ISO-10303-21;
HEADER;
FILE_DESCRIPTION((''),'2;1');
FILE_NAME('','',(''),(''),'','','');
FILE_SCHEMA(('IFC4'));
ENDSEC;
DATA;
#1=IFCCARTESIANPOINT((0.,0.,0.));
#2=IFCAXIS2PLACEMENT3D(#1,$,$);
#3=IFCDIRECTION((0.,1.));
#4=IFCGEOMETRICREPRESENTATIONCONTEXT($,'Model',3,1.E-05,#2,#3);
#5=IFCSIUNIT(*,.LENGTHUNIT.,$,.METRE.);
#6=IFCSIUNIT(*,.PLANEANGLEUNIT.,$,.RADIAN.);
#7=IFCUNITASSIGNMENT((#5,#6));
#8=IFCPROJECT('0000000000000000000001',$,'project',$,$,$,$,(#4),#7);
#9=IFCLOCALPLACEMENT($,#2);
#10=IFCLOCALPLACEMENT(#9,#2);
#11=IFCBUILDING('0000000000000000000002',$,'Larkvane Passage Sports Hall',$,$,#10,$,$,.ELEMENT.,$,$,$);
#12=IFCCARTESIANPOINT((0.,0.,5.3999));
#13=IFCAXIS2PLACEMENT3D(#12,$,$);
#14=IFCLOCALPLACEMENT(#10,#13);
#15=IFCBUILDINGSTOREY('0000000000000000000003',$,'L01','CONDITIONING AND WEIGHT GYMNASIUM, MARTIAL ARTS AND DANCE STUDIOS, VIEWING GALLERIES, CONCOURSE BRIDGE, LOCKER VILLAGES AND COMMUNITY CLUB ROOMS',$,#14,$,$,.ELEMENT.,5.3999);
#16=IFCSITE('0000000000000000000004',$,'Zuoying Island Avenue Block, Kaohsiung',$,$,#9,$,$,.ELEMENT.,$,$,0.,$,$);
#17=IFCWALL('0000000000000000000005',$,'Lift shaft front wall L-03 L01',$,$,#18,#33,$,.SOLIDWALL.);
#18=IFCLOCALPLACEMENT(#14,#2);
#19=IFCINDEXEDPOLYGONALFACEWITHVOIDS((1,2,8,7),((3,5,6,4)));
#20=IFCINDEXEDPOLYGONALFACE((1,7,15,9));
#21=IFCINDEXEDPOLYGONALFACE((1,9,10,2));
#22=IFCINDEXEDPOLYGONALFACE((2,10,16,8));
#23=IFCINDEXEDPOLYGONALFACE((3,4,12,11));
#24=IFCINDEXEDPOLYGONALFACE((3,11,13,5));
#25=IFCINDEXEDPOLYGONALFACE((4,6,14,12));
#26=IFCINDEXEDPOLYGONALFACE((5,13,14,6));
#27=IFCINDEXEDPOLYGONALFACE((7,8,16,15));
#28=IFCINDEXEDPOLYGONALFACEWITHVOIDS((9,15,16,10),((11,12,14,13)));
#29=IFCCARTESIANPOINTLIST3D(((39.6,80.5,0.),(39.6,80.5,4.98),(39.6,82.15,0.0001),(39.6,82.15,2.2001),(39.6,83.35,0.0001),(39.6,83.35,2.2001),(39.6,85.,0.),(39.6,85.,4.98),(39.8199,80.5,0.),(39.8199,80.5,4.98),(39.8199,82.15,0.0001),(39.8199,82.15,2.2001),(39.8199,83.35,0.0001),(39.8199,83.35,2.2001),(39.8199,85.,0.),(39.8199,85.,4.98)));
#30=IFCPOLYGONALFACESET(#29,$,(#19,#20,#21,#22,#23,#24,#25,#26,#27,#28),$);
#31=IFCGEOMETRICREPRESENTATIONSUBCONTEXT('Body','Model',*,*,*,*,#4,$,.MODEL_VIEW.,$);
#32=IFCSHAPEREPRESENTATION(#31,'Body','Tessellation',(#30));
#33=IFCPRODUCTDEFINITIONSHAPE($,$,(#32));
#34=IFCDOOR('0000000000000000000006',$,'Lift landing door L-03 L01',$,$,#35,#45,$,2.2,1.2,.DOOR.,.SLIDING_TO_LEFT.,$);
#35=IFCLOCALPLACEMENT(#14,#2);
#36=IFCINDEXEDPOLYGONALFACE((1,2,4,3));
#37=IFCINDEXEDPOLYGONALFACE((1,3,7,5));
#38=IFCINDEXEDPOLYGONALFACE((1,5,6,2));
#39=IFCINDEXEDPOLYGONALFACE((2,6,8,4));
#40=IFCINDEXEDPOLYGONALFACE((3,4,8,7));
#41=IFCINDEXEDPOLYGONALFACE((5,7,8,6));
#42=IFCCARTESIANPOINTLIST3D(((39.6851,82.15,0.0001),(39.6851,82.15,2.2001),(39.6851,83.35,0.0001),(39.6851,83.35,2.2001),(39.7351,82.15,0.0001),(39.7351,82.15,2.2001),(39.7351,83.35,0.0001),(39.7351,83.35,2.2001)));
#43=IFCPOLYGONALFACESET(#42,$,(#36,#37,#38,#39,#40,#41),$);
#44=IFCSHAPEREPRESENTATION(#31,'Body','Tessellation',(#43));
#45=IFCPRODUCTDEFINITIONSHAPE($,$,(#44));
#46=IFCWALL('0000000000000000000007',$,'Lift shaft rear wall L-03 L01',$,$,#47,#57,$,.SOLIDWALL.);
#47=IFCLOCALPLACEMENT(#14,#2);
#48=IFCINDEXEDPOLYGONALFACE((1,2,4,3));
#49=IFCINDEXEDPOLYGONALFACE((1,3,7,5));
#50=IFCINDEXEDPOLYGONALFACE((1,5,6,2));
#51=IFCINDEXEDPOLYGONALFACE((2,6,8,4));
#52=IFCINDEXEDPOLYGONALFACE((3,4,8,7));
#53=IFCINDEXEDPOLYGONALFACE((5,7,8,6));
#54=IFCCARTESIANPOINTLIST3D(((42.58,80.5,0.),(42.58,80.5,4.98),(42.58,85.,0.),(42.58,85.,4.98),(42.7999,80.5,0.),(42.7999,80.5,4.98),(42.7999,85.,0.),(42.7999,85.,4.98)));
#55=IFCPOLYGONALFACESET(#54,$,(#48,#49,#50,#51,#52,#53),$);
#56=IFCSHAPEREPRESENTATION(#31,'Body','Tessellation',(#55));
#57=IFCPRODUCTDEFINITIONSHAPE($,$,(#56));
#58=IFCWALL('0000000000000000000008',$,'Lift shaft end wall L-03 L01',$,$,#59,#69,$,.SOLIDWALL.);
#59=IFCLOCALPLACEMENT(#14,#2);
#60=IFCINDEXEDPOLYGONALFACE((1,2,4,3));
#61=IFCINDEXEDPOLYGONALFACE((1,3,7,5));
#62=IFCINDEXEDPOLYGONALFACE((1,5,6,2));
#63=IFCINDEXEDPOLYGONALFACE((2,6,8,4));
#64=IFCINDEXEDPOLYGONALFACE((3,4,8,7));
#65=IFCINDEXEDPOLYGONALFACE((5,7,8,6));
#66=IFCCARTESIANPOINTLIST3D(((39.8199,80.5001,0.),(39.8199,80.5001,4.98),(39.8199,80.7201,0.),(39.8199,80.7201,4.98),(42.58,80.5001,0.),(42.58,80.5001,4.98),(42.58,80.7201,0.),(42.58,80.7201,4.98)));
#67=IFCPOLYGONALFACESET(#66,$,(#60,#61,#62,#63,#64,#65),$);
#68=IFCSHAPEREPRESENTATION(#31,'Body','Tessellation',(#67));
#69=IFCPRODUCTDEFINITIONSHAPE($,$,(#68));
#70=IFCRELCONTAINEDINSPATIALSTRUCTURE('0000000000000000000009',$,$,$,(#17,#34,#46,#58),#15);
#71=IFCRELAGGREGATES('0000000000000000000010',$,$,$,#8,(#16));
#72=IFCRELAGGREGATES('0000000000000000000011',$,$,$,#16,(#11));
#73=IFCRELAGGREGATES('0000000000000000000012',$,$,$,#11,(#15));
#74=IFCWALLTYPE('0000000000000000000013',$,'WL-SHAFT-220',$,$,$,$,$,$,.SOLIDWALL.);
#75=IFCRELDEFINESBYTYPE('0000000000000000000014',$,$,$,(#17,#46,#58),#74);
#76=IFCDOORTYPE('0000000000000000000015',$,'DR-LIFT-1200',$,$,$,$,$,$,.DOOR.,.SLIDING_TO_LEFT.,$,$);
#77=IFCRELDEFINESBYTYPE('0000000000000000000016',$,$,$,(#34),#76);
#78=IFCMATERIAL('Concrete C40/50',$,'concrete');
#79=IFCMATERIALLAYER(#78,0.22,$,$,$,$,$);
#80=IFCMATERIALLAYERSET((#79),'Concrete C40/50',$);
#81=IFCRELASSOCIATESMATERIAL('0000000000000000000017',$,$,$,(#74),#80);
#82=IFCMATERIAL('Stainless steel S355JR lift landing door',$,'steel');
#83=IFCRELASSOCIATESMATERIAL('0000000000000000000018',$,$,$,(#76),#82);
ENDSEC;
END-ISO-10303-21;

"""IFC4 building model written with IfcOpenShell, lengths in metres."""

from ifc_helpers import new_model, si_unit, direction, frame, frame_2d, origin, place, context, subcontext, project, spatial, rectangle, extrude, material, layer, layer_set, type_object, element, fill, save


model = new_model("IFC4")

# Units and contexts
model_context = context("Model", 3, precision=1e-05, world=origin(), true_north=direction((0.0, 1.0)))
body_context = subcontext(model_context, "Body", "Model", "MODEL_VIEW")
ifc_project = project(units=[si_unit("LENGTHUNIT", "METRE"), si_unit("PLANEANGLEUNIT", "RADIAN")], contexts=[model_context])

# Site, building, storey
site_placement = place(None, origin())
site = spatial("IfcSite", under=ifc_project, at=site_placement, Name="Zuoying Island Avenue Block, Kaohsiung", CompositionType="ELEMENT", RefElevation=0.0)
building_placement = place(site_placement, origin())
building = spatial("IfcBuilding", under=site, at=building_placement, Name="Larkvane Passage Sports Hall", CompositionType="ELEMENT")
storey_placement = place(building_placement, frame((0.0, 0.0, 5.3999)))
storey = spatial("IfcBuildingStorey", under=building, at=storey_placement, Name="L01", Description="CONDITIONING AND WEIGHT GYMNASIUM, MARTIAL ARTS AND DANCE STUDIOS, VIEWING GALLERIES, CONCOURSE BRIDGE, LOCKER VILLAGES AND COMMUNITY CLUB ROOMS", CompositionType="ELEMENT", Elevation=5.3999)

# Shared definitions
ifc_material_1 = material(Name="Concrete C40/50", Category="concrete")

# Wall, opening, door
ifc_layer_1 = layer(ifc_material_1, 0.22)
ifc_layer_set_1 = layer_set([ifc_layer_1], Name="Concrete C40/50")
wall_type_1 = type_object("IfcWallType", Name="WL-SHAFT-220", PredefinedType="SOLIDWALL", material=ifc_layer_set_1)
wall_1_placement = place(storey_placement, frame((39.71, 80.5, 0.0), z_axis=(0.0, 0.0, 1.0), x_axis=(0.0, 1.0, 0.0)))
wall_1 = element("IfcWall", 1, at=wall_1_placement, inside=storey, type_object=wall_type_1, Name="Lift shaft front wall L-03 L01", PredefinedType="SOLIDWALL", context=body_context, shape_type="SweptSolid", body=[
    extrude(rectangle(XDim=4.5, YDim=0.22, at=frame_2d((2.25, 0.0))), origin(), (0.0, 0.0, 1.0), 4.98),
])
opening_1_placement = place(wall_1_placement, frame((1.6499, 0.0, 0.0)))
opening_1 = element("IfcOpeningElement", 2, at=opening_1_placement, cuts=wall_1, PredefinedType="OPENING", context=body_context, shape_type="SweptSolid", body=[
    extrude(rectangle(XDim=1.2, YDim=2.2, at=frame_2d((0.6001, 1.1001))), frame((0.0, 0.1199, 0.0), z_axis=(0.0, -1.0, 0.0), x_axis=(1.0, 0.0, 0.0)), (0.0, 0.0, 1.0), 0.24),
])
ifc_material_2 = material(Name="Stainless steel S355JR lift landing door", Category="steel")
door_type_1 = type_object("IfcDoorType", Name="DR-LIFT-1200", OperationType="SLIDING_TO_LEFT", PredefinedType="DOOR", material=ifc_material_2)
door_1_placement = place(opening_1_placement, origin())
door_1 = element("IfcDoor", 3, at=door_1_placement, inside=storey, type_object=door_type_1, Name="Lift landing door L-03 L01", OperationType="SLIDING_TO_LEFT", OverallHeight=2.2, OverallWidth=1.2, PredefinedType="DOOR", context=body_context, shape_type="SweptSolid", body=[
    extrude(rectangle(XDim=1.2, YDim=2.2, at=frame_2d((0.6001, 1.1001))), frame((0.0, 0.0249, 0.0), z_axis=(0.0, -1.0, 0.0), x_axis=(1.0, 0.0, 0.0)), (0.0, 0.0, 1.0), 0.05),
])
fill(opening_1, door_1)

# Walls
wall_2_placement = place(storey_placement, frame((42.6899, 80.5, 0.0), z_axis=(0.0, 0.0, 1.0), x_axis=(0.0, 1.0, 0.0)))
element("IfcWall", 4, at=wall_2_placement, inside=storey, type_object=wall_type_1, Name="Lift shaft rear wall L-03 L01", PredefinedType="SOLIDWALL", context=body_context, shape_type="SweptSolid", body=[
    extrude(rectangle(XDim=4.5, YDim=0.22, at=frame_2d((2.25, 0.0))), origin(), (0.0, 0.0, 1.0), 4.98),
])
wall_3_placement = place(storey_placement, frame((39.8201, 80.6101, 0.0), z_axis=(0.0, 0.0, 1.0), x_axis=(1.0, 0.0, 0.0)))
element("IfcWall", 5, at=wall_3_placement, inside=storey, type_object=wall_type_1, Name="Lift shaft end wall L-03 L01", PredefinedType="SOLIDWALL", context=body_context, shape_type="SweptSolid", body=[
    extrude(rectangle(XDim=2.76, YDim=0.22, at=frame_2d((1.3799, 0.0))), origin(), (0.0, 0.0, 1.0), 4.98),
])

save(model, "model.ifc")
